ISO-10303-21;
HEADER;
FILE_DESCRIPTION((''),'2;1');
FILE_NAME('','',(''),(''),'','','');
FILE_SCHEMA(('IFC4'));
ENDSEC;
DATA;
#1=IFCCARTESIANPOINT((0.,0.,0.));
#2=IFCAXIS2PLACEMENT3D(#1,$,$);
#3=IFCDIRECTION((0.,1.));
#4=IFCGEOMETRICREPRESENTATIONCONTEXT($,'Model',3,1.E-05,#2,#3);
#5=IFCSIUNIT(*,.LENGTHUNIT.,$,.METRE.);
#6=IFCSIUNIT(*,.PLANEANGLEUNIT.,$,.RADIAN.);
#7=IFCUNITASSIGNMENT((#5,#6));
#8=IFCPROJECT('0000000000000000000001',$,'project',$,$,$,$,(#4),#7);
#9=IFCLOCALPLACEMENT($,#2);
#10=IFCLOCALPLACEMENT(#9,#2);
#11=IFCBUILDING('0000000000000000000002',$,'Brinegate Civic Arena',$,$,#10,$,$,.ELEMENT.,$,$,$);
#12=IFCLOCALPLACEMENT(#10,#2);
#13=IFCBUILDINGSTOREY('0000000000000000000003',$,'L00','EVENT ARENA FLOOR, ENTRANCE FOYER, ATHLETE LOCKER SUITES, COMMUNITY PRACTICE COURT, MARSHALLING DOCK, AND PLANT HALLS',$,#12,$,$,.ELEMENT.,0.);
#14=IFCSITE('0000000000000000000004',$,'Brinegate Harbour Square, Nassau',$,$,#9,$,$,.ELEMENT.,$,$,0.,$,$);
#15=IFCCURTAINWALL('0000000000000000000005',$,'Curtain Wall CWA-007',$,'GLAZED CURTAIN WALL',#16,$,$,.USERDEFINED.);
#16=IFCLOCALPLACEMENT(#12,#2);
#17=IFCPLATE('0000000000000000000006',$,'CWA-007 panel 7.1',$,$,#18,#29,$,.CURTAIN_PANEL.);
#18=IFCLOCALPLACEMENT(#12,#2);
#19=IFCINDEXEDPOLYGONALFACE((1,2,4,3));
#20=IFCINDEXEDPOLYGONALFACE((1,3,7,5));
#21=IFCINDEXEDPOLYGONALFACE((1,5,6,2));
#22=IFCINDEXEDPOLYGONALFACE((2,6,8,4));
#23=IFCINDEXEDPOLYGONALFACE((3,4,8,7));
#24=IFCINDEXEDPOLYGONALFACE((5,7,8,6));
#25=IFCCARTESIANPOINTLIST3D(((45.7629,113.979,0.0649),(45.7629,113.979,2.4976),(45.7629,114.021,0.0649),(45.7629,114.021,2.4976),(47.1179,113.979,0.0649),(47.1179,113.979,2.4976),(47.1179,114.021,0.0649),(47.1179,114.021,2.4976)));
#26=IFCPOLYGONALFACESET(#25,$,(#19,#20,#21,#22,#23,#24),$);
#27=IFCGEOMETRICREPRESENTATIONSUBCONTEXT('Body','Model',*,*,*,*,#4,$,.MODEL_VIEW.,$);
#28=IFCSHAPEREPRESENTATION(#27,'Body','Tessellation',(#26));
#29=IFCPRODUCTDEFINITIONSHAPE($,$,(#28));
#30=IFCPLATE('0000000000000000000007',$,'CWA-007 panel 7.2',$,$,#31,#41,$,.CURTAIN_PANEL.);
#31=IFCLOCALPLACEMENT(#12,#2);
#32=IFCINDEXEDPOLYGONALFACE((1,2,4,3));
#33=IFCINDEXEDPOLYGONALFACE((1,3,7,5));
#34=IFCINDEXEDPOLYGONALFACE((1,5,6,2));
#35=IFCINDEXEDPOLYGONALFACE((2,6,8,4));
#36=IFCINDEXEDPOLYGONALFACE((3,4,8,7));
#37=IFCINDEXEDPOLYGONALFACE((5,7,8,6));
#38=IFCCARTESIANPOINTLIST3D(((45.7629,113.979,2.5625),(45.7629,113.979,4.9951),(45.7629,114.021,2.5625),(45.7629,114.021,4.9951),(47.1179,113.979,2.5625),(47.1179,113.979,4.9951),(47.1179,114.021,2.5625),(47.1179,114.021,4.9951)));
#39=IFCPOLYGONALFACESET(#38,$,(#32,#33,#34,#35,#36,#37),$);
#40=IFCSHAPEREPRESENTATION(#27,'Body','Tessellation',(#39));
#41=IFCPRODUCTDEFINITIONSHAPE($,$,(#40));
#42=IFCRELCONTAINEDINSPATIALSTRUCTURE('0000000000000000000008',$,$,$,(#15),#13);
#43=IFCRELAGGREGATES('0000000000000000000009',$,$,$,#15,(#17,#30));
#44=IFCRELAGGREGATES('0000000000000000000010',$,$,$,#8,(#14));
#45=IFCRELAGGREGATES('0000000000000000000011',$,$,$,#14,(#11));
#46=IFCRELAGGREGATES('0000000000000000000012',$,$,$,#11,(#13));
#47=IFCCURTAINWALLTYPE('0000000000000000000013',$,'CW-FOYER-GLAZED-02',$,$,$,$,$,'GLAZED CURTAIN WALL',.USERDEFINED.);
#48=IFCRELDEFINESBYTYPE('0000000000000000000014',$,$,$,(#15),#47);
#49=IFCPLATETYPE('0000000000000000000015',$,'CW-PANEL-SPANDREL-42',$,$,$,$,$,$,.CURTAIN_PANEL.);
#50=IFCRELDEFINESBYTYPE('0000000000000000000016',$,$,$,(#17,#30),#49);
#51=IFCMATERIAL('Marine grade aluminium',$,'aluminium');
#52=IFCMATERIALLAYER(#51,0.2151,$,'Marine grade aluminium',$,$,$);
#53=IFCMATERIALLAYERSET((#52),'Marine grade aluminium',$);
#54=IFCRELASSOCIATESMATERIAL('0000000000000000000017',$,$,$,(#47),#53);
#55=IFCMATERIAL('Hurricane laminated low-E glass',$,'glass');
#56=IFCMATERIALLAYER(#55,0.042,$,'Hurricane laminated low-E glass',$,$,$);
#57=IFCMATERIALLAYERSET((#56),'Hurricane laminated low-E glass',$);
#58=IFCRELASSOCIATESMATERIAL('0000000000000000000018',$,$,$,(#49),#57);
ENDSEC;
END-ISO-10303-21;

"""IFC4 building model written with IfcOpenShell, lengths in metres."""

from ifc_helpers import new_model, si_unit, direction, frame, origin, origin_2d, place, context, subcontext, project, spatial, rectangle, extrude, material, layer, layer_set, type_object, element, aggregate, save


model = new_model("IFC4")

# Units and contexts
model_context = context("Model", 3, precision=1e-05, world=origin(), true_north=direction((0.0, 1.0)))
body_context = subcontext(model_context, "Body", "Model", "MODEL_VIEW")
ifc_project = project(units=[si_unit("LENGTHUNIT", "METRE"), si_unit("PLANEANGLEUNIT", "RADIAN")], contexts=[model_context])

# Site, building, storey
site_placement = place(None, origin())
site = spatial("IfcSite", under=ifc_project, at=site_placement, Name="Brinegate Harbour Square, Nassau", CompositionType="ELEMENT", RefElevation=0.0)
building_placement = place(site_placement, origin())
building = spatial("IfcBuilding", under=site, at=building_placement, Name="Brinegate Civic Arena", CompositionType="ELEMENT")
storey_placement = place(building_placement, origin())
storey = spatial("IfcBuildingStorey", under=building, at=storey_placement, Name="L00", Description="EVENT ARENA FLOOR, ENTRANCE FOYER, ATHLETE LOCKER SUITES, COMMUNITY PRACTICE COURT, MARSHALLING DOCK, AND PLANT HALLS", CompositionType="ELEMENT", Elevation=0.0)

# Curtain wall, plates
ifc_material_1 = material(Name="Marine grade aluminium", Category="aluminium")
ifc_layer_1 = layer(ifc_material_1, 0.2151, Name="Marine grade aluminium")
ifc_layer_set_1 = layer_set([ifc_layer_1], Name="Marine grade aluminium")
curtain_wall_type = type_object("IfcCurtainWallType", Name="CW-FOYER-GLAZED-02", ElementType="GLAZED CURTAIN WALL", PredefinedType="USERDEFINED", material=ifc_layer_set_1)
curtain_wall_placement = place(storey_placement, origin())
curtain_wall = element("IfcCurtainWall", 1, at=curtain_wall_placement, inside=storey, type_object=curtain_wall_type, Name="Curtain Wall CWA-007", ObjectType="GLAZED CURTAIN WALL", PredefinedType="USERDEFINED")
ifc_material_2 = material(Name="Hurricane laminated low-E glass", Category="glass")
ifc_layer_2 = layer(ifc_material_2, 0.042, Name="Hurricane laminated low-E glass")
ifc_layer_set_2 = layer_set([ifc_layer_2], Name="Hurricane laminated low-E glass")
plate_type = type_object("IfcPlateType", Name="CW-PANEL-SPANDREL-42", PredefinedType="CURTAIN_PANEL", material=ifc_layer_set_2)
plate_1_placement = place(storey_placement, frame((46.4404, 114.0, 0.0649), z_axis=(0.0, 0.0, 1.0), x_axis=(1.0, 0.0, 0.0)))
plate_1 = element("IfcPlate", 2, at=plate_1_placement, type_object=plate_type, Name="CWA-007 panel 7.1", PredefinedType="CURTAIN_PANEL", context=body_context, shape_type="SweptSolid", body=[
    extrude(rectangle(XDim=1.355, YDim=0.042, at=origin_2d()), origin(), (0.0, 0.0, 1.0), 2.4326),
])
plate_2_placement = place(storey_placement, frame((46.4404, 114.0, 2.5625), z_axis=(0.0, 0.0, 1.0), x_axis=(1.0, 0.0, 0.0)))
plate_2 = element("IfcPlate", 3, at=plate_2_placement, type_object=plate_type, Name="CWA-007 panel 7.2", PredefinedType="CURTAIN_PANEL", context=body_context, shape_type="SweptSolid", body=[
    extrude(rectangle(XDim=1.355, YDim=0.042, at=origin_2d()), origin(), (0.0, 0.0, 1.0), 2.4326),
])
aggregate(curtain_wall, [plate_1, plate_2])

save(model, "model.ifc")
